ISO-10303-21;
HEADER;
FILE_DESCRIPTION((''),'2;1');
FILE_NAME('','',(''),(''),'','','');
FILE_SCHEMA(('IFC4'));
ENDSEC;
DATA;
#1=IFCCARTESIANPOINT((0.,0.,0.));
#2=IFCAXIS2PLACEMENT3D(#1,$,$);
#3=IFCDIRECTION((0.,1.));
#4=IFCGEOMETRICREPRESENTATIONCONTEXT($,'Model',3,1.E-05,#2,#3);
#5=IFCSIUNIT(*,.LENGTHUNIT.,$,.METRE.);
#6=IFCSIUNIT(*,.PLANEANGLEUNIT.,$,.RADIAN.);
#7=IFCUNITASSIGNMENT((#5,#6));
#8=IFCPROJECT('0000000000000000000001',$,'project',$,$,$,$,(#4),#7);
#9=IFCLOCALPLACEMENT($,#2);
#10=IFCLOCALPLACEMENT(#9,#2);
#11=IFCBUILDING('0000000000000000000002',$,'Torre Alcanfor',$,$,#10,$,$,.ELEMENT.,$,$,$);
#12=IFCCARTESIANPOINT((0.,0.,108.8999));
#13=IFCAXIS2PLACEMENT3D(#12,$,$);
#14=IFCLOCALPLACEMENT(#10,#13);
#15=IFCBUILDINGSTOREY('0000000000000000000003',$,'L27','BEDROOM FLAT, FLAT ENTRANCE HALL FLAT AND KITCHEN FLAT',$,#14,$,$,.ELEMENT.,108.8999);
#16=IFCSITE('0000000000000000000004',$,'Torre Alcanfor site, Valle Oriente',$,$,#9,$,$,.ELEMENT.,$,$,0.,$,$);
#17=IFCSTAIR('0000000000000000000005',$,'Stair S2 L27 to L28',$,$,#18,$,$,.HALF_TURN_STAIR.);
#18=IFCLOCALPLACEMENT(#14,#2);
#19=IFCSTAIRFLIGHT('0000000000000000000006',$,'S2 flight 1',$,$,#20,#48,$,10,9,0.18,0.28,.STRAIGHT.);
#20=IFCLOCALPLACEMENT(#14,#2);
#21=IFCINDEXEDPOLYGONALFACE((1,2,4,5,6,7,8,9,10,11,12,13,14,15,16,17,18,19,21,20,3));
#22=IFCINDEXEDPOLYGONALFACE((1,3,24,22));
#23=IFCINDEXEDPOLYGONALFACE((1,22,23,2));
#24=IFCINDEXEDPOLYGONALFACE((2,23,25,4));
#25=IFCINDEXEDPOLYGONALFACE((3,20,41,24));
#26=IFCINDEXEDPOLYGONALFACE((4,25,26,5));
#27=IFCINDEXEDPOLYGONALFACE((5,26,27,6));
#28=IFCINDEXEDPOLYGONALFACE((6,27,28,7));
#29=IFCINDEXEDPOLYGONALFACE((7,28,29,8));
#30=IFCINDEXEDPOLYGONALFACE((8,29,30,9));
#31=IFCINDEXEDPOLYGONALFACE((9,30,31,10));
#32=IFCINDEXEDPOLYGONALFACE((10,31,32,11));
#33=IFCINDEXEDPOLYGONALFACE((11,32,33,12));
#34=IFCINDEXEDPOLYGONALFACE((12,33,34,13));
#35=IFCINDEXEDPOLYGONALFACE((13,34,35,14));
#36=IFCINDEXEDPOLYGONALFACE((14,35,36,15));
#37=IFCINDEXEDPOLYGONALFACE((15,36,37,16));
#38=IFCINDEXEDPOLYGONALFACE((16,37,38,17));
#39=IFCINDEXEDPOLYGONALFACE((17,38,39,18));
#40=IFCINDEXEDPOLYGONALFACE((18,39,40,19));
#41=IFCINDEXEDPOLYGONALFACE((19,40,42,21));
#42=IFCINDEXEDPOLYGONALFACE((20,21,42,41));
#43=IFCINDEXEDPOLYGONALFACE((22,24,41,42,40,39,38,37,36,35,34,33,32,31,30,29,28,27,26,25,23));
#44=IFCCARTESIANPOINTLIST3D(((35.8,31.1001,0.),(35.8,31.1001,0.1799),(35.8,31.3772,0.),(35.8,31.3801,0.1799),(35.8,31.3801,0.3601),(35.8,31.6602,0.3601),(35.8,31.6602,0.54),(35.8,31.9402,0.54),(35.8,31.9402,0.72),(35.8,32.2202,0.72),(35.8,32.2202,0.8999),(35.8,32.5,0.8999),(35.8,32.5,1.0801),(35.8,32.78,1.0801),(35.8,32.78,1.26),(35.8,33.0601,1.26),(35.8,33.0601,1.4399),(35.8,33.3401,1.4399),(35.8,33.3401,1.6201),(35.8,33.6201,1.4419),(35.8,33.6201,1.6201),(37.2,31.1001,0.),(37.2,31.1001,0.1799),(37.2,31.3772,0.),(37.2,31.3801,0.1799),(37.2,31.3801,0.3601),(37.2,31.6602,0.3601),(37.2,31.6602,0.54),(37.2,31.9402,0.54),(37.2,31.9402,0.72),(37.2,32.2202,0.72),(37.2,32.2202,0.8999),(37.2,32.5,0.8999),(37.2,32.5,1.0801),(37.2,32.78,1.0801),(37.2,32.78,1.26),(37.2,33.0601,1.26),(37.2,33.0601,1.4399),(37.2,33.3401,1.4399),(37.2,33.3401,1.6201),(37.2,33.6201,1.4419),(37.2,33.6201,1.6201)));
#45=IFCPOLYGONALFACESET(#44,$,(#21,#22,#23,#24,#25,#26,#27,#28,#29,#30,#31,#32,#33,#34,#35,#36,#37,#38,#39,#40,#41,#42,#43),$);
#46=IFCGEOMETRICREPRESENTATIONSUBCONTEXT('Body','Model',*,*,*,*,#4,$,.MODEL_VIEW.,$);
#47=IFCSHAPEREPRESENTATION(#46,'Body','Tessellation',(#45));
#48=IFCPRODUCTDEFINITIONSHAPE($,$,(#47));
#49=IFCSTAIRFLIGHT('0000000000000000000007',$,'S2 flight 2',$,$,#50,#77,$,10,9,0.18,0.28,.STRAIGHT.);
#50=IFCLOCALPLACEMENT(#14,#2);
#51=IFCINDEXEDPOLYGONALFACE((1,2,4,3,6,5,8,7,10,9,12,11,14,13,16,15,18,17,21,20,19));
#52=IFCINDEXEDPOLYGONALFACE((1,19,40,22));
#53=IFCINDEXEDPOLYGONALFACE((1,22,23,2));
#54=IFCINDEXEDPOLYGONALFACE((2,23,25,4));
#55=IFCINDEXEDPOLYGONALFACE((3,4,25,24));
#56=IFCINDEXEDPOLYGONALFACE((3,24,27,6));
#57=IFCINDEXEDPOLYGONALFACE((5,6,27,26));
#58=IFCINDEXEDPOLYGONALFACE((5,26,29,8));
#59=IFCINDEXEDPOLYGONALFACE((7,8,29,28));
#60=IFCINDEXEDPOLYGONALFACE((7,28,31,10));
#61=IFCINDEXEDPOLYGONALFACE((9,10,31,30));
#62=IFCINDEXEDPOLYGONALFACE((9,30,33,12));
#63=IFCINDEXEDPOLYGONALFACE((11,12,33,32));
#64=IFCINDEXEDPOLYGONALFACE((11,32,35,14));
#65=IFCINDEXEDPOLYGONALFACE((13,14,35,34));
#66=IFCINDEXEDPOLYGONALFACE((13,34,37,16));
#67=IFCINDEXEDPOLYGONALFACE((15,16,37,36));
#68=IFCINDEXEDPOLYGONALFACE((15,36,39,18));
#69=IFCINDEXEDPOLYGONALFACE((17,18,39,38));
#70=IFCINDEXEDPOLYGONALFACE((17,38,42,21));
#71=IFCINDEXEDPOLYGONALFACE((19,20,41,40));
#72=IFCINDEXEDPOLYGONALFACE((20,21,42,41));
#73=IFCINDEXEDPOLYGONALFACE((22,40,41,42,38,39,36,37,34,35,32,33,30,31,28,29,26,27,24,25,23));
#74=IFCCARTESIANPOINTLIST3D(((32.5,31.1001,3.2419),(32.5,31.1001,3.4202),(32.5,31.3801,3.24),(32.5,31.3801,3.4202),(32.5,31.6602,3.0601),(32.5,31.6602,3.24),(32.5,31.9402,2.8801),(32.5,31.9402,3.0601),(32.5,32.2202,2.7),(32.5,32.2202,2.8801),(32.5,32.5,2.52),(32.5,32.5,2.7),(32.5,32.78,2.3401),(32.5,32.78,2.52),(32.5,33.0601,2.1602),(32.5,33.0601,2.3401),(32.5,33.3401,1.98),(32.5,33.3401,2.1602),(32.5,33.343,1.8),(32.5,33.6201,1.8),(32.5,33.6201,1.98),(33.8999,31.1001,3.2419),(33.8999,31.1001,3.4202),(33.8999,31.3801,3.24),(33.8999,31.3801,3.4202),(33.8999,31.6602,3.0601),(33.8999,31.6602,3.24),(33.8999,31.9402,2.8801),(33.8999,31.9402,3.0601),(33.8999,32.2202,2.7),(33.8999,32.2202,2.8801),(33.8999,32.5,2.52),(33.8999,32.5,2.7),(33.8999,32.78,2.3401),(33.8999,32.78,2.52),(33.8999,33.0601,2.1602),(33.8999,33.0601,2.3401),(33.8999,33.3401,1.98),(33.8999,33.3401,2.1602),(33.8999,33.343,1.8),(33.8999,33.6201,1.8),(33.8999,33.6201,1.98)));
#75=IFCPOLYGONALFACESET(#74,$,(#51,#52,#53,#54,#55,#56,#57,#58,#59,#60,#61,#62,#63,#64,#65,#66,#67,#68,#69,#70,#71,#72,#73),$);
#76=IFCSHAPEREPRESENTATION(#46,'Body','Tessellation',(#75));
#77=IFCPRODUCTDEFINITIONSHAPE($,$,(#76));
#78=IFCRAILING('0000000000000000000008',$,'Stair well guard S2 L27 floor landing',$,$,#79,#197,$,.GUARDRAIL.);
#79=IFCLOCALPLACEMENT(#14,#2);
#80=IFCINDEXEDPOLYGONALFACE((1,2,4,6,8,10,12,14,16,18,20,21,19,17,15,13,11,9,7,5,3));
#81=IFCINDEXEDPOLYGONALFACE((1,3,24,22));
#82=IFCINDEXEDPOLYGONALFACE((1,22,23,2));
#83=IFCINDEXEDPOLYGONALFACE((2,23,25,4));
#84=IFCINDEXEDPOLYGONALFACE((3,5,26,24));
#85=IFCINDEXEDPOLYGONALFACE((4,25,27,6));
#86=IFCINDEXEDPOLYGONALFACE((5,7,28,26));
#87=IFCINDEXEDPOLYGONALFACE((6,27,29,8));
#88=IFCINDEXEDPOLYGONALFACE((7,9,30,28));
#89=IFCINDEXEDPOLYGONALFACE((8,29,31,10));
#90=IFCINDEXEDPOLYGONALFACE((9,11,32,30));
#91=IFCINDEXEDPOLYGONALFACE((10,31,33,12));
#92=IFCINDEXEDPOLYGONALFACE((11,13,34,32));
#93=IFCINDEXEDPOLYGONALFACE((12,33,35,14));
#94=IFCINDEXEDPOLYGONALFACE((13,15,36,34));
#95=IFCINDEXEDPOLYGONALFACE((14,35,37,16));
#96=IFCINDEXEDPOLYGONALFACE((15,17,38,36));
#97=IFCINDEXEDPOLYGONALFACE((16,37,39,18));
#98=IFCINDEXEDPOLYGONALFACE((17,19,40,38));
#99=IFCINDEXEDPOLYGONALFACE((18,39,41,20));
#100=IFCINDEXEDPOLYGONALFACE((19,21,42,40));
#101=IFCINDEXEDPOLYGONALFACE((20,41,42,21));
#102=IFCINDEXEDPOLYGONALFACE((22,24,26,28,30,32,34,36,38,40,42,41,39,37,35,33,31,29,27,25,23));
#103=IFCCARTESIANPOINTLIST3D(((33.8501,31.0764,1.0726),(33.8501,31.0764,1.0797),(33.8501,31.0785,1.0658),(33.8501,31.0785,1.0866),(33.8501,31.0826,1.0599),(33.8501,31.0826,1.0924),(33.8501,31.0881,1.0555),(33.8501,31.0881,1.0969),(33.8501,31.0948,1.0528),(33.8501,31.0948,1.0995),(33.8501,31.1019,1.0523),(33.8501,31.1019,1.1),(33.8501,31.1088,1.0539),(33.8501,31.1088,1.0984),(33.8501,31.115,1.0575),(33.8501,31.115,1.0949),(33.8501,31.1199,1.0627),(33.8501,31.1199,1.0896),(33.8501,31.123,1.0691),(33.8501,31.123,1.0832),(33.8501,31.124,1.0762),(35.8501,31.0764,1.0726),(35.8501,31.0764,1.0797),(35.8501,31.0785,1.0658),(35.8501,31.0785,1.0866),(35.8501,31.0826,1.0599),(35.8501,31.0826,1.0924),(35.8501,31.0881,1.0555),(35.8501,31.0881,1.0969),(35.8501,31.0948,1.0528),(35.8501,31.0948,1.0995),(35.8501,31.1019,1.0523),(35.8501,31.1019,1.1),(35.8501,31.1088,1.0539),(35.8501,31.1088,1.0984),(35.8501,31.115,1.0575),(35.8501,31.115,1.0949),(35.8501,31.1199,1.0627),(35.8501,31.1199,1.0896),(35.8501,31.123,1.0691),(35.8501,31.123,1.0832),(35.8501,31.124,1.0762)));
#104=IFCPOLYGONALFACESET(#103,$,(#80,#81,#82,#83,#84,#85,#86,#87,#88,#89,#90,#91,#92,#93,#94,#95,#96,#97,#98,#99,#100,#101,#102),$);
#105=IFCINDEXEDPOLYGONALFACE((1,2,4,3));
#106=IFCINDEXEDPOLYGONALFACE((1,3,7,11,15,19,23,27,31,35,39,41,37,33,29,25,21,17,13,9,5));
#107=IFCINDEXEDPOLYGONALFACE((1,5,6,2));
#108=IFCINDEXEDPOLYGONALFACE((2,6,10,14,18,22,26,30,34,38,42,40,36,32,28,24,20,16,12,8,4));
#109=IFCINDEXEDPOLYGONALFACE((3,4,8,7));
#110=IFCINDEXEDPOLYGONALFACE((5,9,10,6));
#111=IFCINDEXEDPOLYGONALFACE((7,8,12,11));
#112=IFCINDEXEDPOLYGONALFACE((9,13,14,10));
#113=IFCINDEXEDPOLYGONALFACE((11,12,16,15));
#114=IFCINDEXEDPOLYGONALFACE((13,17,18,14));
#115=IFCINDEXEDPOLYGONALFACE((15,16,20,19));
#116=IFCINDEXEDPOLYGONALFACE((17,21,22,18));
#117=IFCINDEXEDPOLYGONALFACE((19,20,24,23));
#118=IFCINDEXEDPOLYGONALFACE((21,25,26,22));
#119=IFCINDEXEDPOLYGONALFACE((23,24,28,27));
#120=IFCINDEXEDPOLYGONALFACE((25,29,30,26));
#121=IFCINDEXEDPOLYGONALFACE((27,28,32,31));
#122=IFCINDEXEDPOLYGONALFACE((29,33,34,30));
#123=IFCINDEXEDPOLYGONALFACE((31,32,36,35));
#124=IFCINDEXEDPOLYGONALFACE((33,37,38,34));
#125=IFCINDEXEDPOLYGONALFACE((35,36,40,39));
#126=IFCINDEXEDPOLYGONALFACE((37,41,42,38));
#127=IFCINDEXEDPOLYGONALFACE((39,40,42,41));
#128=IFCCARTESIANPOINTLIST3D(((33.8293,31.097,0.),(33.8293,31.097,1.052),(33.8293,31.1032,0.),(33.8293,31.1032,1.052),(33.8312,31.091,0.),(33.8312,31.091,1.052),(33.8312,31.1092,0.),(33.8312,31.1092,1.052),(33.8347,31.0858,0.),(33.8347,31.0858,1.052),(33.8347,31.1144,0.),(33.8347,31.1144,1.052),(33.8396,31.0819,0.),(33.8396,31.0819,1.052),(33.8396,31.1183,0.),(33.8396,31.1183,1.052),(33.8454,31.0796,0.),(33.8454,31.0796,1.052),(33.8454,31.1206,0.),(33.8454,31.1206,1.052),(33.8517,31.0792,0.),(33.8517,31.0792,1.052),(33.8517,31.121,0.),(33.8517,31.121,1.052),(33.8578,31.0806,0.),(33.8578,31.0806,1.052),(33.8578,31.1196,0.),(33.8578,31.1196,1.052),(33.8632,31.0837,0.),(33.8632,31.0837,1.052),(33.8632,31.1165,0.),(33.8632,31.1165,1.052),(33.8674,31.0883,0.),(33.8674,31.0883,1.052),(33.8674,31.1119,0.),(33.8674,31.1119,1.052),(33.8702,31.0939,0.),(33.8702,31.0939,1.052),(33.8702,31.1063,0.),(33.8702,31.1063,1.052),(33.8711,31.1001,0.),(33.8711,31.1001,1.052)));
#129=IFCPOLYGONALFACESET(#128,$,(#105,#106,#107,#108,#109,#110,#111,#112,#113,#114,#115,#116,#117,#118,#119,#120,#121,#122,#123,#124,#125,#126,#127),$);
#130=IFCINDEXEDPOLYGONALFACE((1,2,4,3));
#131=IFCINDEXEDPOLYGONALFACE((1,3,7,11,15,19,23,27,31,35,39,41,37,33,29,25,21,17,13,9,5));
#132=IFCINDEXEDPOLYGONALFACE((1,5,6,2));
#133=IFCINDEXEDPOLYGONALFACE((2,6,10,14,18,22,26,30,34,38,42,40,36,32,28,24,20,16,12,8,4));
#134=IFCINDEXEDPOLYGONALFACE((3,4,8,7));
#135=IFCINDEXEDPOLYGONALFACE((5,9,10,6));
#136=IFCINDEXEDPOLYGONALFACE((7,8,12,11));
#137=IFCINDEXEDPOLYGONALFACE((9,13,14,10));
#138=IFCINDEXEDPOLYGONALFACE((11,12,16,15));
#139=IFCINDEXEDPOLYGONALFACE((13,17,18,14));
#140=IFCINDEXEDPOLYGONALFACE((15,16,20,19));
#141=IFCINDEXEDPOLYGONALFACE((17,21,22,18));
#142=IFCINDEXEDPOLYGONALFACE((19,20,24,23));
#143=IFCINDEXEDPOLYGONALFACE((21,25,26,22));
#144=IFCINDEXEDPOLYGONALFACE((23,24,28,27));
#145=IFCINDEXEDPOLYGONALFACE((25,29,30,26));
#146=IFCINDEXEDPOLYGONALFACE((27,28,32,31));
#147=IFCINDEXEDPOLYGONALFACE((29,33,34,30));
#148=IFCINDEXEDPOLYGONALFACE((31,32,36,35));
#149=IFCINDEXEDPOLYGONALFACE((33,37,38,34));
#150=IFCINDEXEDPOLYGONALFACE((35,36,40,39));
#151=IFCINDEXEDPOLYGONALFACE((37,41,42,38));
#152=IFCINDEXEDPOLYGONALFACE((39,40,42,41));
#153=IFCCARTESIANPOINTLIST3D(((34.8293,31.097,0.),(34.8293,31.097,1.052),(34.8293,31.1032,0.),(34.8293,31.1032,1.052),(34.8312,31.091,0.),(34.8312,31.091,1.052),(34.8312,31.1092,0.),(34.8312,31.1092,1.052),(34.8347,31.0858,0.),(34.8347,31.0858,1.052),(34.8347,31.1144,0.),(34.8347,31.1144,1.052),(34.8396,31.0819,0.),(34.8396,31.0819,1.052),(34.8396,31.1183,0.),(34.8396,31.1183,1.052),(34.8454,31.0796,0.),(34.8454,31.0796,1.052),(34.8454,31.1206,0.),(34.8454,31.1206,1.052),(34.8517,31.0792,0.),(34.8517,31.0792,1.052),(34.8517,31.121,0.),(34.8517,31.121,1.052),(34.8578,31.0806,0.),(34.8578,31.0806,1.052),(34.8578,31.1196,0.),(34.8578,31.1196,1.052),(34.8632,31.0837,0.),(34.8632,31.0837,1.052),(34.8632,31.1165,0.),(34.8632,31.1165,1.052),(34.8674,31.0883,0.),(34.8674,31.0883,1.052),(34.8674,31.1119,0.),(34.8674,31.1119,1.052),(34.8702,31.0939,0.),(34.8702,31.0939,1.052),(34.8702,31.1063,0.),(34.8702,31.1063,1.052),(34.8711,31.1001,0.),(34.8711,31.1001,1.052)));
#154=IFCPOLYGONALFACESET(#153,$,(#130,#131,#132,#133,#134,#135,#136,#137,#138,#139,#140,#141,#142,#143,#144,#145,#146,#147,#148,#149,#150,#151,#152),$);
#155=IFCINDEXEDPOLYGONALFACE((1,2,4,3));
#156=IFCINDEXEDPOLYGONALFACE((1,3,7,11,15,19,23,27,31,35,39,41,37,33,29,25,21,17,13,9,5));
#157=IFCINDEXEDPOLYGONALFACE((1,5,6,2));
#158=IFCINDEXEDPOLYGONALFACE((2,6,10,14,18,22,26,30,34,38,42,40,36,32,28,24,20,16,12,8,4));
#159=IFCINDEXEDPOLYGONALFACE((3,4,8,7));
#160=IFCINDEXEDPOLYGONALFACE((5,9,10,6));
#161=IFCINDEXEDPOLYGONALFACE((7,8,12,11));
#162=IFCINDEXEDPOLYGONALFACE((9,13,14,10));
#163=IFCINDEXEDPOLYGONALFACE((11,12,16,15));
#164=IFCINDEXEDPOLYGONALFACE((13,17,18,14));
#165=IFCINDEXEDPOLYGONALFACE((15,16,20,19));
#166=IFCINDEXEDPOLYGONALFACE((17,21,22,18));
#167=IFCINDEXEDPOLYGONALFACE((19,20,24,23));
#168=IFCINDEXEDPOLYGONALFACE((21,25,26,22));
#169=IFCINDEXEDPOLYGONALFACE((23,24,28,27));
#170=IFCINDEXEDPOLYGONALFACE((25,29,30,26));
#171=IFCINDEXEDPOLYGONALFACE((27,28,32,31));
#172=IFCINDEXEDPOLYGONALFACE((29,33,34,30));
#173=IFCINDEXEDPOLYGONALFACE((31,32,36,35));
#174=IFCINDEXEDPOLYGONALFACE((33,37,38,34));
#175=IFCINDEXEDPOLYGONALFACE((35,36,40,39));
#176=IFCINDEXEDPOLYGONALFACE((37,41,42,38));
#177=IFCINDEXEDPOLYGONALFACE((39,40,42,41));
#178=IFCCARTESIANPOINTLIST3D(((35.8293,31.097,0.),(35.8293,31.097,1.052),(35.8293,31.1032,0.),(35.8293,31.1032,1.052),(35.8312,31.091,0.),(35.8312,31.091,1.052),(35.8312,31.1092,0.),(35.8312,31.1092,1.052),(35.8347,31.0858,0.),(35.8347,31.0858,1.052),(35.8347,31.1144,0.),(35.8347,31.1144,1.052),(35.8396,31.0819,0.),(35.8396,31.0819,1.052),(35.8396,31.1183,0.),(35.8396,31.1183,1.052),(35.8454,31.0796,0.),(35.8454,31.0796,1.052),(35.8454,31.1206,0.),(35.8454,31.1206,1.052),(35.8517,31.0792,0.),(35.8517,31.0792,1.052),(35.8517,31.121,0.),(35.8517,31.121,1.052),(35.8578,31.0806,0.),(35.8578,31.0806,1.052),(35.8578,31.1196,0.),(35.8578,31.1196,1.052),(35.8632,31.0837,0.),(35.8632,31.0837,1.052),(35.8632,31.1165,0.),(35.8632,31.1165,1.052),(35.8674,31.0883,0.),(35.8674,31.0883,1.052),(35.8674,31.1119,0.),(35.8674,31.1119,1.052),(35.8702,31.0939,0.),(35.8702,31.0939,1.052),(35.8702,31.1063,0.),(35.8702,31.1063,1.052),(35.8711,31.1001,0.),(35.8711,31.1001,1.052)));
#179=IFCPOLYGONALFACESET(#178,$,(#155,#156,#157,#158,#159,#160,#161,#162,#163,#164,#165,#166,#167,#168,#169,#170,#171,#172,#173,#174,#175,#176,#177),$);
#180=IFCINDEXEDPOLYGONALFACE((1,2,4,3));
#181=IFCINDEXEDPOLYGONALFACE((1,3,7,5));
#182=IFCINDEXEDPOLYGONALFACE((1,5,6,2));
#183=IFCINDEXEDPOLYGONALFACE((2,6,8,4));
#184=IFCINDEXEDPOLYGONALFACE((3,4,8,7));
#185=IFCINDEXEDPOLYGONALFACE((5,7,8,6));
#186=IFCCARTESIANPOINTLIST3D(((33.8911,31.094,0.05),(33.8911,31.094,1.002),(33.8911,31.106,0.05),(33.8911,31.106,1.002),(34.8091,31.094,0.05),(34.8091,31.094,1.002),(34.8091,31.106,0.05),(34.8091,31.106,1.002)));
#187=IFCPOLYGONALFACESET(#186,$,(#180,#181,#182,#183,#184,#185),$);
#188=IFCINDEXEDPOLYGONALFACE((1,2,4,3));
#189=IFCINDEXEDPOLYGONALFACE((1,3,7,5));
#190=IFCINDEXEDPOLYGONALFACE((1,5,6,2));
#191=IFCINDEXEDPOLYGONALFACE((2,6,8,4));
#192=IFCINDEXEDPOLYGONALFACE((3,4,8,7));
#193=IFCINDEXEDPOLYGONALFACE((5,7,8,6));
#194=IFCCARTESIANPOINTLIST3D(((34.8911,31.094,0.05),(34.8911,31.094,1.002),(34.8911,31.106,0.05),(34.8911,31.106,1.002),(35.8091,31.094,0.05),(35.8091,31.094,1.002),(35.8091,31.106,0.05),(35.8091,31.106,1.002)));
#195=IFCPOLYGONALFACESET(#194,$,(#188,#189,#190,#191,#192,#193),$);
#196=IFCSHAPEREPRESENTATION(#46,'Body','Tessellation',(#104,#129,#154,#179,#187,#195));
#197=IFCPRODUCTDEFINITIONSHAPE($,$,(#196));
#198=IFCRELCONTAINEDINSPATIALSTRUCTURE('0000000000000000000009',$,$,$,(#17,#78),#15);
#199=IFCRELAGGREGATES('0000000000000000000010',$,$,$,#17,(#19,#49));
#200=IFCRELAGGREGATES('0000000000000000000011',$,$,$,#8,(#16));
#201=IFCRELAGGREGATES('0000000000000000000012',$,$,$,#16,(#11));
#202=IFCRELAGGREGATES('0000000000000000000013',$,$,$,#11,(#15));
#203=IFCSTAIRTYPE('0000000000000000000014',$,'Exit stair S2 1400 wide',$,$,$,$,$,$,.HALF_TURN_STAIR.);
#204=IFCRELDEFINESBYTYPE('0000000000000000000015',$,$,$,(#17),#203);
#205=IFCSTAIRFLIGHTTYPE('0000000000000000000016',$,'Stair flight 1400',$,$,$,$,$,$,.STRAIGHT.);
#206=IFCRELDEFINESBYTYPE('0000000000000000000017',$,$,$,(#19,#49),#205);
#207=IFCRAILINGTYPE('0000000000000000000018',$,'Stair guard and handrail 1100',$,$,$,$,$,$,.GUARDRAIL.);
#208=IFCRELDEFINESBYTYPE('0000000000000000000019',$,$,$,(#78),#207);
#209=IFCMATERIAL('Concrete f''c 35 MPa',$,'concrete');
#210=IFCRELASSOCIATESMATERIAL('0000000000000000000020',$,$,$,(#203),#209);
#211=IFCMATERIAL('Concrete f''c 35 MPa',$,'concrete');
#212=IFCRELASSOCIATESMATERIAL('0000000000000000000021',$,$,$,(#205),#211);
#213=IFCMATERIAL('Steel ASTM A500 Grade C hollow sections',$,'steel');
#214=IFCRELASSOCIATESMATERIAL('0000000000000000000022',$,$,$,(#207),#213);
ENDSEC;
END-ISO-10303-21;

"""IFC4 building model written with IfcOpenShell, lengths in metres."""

from ifc_helpers import new_model, si_unit, direction, frame, origin, origin_2d, place, context, subcontext, project, spatial, polyline, circle, outline, extrude, material, type_object, element, aggregate, save


model = new_model("IFC4")

# Units and contexts
model_context = context("Model", 3, precision=1e-05, world=origin(), true_north=direction((0.0, 1.0)))
body_context = subcontext(model_context, "Body", "Model", "MODEL_VIEW")
ifc_project = project(units=[si_unit("LENGTHUNIT", "METRE"), si_unit("PLANEANGLEUNIT", "RADIAN")], contexts=[model_context])

# Site, building, storey
site_placement = place(None, origin())
site = spatial("IfcSite", under=ifc_project, at=site_placement, Name="Torre Alcanfor site, Valle Oriente", CompositionType="ELEMENT", RefElevation=0.0)
building_placement = place(site_placement, origin())
building = spatial("IfcBuilding", under=site, at=building_placement, Name="Torre Alcanfor", CompositionType="ELEMENT")
storey_placement = place(building_placement, frame((0.0, 0.0, 108.8999)))
storey = spatial("IfcBuildingStorey", under=building, at=storey_placement, Name="L27", Description="BEDROOM FLAT, FLAT ENTRANCE HALL FLAT AND KITCHEN FLAT", CompositionType="ELEMENT", Elevation=108.8999)

# Stair, stair flights
ifc_material_1 = material(Name="Concrete f'c 35 MPa", Category="concrete")
stair_type = type_object("IfcStairType", Name="Exit stair S2 1400 wide", PredefinedType="HALF_TURN_STAIR", material=ifc_material_1)
stair_placement = place(storey_placement, origin())
stair = element("IfcStair", 1, at=stair_placement, inside=storey, type_object=stair_type, Name="Stair S2 L27 to L28", PredefinedType="HALF_TURN_STAIR")
ifc_material_2 = material(Name="Concrete f'c 35 MPa", Category="concrete")
stair_flight_type = type_object("IfcStairFlightType", Name="Stair flight 1400", PredefinedType="STRAIGHT", material=ifc_material_2)
stair_flight_1_placement = place(storey_placement, frame((36.5, 31.1001, 0.0), z_axis=(0.0, 0.0, 1.0), x_axis=(0.0, 1.0, 0.0)))
stair_flight_1 = element("IfcStairFlight", 2, at=stair_flight_1_placement, type_object=stair_flight_type, Name="S2 flight 1", NumberOfRisers=10, NumberOfTreads=9, PredefinedType="STRAIGHT", RiserHeight=0.18, TreadLength=0.28, context=body_context, shape_type="SweptSolid", body=[
    extrude(outline(polyline([(0.0, 0.0), (0.0, 0.1799), (0.28, 0.1799), (0.28, 0.3601), (0.5601, 0.3601), (0.5601, 0.54), (0.8401, 0.54), (0.8401, 0.72), (1.1201, 0.72), (1.1201, 0.8999), (1.3999, 0.8999), (1.3999, 1.0801), (1.6799, 1.0801), (1.6799, 1.26), (1.96, 1.26), (1.96, 1.4399), (2.24, 1.4399), (2.24, 1.6201), (2.52, 1.6201), (2.52, 1.8), (2.52, 1.4419), (0.2771, 0.0), (0.0, 0.0)])), frame((0.0, 0.7, 0.0), z_axis=(0.0, -1.0, 0.0), x_axis=(1.0, 0.0, 0.0)), (0.0, 0.0, 1.0), 1.3999),
])
stair_flight_2_placement = place(storey_placement, frame((33.2, 33.6201, 1.8), z_axis=(0.0, 0.0, 1.0), x_axis=(0.0, -1.0, 0.0)))
stair_flight_2 = element("IfcStairFlight", 3, at=stair_flight_2_placement, type_object=stair_flight_type, Name="S2 flight 2", NumberOfRisers=10, NumberOfTreads=9, PredefinedType="STRAIGHT", RiserHeight=0.18, TreadLength=0.28, context=body_context, shape_type="SweptSolid", body=[
    extrude(outline(polyline([(0.0, 0.0), (0.0, 0.1799), (0.28, 0.1799), (0.28, 0.3601), (0.5601, 0.3601), (0.5601, 0.54), (0.8401, 0.54), (0.8401, 0.72), (1.1201, 0.72), (1.1201, 0.8999), (1.3999, 0.8999), (1.3999, 1.0801), (1.6799, 1.0801), (1.6799, 1.26), (1.96, 1.26), (1.96, 1.4399), (2.24, 1.4399), (2.24, 1.6201), (2.52, 1.6201), (2.52, 1.8), (2.52, 1.4419), (0.2771, 0.0), (0.0, 0.0)])), frame((0.0, 0.7, 0.0), z_axis=(0.0, -1.0, 0.0), x_axis=(1.0, 0.0, 0.0)), (0.0, 0.0, 1.0), 1.3999),
])
aggregate(stair, [stair_flight_1, stair_flight_2])

# Railing
ifc_material_3 = material(Name="Steel ASTM A500 Grade C hollow sections", Category="steel")
railing_type_1 = type_object("IfcRailingType", Name="Stair guard and handrail 1100", PredefinedType="GUARDRAIL", material=ifc_material_3)
for number, where, name in (
    (4, (33.8501, 31.1001, 0.0), "Stair well guard S2 L27 floor landing"),
):
    element("IfcRailing", number, at=place(storey_placement, frame(where)), inside=storey, type_object=railing_type_1, Name=name, PredefinedType="GUARDRAIL", context=body_context, shape_type="SweptSolid", body=[
        extrude(circle(Radius=0.0239, at=origin_2d()), frame((0.0, 0.0, 1.0762), z_axis=(1.0, 0.0, 0.0), x_axis=(0.0, 1.0, 0.0)), (0.0, 0.0, 1.0), 2.0),
        extrude(circle(Radius=0.021, at=origin_2d()), origin(), (0.0, 0.0, 1.0), 1.052),
        extrude(circle(Radius=0.021, at=origin_2d()), frame((1.0, 0.0, 0.0)), (0.0, 0.0, 1.0), 1.052),
        extrude(circle(Radius=0.021, at=origin_2d()), frame((2.0, 0.0, 0.0)), (0.0, 0.0, 1.0), 1.052),
        extrude(outline(polyline([(0.041, 0.05), (0.959, 0.05), (0.959, 1.002), (0.041, 1.002), (0.041, 0.05)])), frame((0.0, 0.0059, 0.0), z_axis=(0.0, -1.0, 0.0), x_axis=(1.0, 0.0, 0.0)), (0.0, 0.0, 1.0), 0.012),
        extrude(outline(polyline([(1.041, 0.05), (1.959, 0.05), (1.959, 1.002), (1.041, 1.002), (1.041, 0.05)])), frame((0.0, 0.0059, 0.0), z_axis=(0.0, -1.0, 0.0), x_axis=(1.0, 0.0, 0.0)), (0.0, 0.0, 1.0), 0.012),
    ])

save(model, "model.ifc")
